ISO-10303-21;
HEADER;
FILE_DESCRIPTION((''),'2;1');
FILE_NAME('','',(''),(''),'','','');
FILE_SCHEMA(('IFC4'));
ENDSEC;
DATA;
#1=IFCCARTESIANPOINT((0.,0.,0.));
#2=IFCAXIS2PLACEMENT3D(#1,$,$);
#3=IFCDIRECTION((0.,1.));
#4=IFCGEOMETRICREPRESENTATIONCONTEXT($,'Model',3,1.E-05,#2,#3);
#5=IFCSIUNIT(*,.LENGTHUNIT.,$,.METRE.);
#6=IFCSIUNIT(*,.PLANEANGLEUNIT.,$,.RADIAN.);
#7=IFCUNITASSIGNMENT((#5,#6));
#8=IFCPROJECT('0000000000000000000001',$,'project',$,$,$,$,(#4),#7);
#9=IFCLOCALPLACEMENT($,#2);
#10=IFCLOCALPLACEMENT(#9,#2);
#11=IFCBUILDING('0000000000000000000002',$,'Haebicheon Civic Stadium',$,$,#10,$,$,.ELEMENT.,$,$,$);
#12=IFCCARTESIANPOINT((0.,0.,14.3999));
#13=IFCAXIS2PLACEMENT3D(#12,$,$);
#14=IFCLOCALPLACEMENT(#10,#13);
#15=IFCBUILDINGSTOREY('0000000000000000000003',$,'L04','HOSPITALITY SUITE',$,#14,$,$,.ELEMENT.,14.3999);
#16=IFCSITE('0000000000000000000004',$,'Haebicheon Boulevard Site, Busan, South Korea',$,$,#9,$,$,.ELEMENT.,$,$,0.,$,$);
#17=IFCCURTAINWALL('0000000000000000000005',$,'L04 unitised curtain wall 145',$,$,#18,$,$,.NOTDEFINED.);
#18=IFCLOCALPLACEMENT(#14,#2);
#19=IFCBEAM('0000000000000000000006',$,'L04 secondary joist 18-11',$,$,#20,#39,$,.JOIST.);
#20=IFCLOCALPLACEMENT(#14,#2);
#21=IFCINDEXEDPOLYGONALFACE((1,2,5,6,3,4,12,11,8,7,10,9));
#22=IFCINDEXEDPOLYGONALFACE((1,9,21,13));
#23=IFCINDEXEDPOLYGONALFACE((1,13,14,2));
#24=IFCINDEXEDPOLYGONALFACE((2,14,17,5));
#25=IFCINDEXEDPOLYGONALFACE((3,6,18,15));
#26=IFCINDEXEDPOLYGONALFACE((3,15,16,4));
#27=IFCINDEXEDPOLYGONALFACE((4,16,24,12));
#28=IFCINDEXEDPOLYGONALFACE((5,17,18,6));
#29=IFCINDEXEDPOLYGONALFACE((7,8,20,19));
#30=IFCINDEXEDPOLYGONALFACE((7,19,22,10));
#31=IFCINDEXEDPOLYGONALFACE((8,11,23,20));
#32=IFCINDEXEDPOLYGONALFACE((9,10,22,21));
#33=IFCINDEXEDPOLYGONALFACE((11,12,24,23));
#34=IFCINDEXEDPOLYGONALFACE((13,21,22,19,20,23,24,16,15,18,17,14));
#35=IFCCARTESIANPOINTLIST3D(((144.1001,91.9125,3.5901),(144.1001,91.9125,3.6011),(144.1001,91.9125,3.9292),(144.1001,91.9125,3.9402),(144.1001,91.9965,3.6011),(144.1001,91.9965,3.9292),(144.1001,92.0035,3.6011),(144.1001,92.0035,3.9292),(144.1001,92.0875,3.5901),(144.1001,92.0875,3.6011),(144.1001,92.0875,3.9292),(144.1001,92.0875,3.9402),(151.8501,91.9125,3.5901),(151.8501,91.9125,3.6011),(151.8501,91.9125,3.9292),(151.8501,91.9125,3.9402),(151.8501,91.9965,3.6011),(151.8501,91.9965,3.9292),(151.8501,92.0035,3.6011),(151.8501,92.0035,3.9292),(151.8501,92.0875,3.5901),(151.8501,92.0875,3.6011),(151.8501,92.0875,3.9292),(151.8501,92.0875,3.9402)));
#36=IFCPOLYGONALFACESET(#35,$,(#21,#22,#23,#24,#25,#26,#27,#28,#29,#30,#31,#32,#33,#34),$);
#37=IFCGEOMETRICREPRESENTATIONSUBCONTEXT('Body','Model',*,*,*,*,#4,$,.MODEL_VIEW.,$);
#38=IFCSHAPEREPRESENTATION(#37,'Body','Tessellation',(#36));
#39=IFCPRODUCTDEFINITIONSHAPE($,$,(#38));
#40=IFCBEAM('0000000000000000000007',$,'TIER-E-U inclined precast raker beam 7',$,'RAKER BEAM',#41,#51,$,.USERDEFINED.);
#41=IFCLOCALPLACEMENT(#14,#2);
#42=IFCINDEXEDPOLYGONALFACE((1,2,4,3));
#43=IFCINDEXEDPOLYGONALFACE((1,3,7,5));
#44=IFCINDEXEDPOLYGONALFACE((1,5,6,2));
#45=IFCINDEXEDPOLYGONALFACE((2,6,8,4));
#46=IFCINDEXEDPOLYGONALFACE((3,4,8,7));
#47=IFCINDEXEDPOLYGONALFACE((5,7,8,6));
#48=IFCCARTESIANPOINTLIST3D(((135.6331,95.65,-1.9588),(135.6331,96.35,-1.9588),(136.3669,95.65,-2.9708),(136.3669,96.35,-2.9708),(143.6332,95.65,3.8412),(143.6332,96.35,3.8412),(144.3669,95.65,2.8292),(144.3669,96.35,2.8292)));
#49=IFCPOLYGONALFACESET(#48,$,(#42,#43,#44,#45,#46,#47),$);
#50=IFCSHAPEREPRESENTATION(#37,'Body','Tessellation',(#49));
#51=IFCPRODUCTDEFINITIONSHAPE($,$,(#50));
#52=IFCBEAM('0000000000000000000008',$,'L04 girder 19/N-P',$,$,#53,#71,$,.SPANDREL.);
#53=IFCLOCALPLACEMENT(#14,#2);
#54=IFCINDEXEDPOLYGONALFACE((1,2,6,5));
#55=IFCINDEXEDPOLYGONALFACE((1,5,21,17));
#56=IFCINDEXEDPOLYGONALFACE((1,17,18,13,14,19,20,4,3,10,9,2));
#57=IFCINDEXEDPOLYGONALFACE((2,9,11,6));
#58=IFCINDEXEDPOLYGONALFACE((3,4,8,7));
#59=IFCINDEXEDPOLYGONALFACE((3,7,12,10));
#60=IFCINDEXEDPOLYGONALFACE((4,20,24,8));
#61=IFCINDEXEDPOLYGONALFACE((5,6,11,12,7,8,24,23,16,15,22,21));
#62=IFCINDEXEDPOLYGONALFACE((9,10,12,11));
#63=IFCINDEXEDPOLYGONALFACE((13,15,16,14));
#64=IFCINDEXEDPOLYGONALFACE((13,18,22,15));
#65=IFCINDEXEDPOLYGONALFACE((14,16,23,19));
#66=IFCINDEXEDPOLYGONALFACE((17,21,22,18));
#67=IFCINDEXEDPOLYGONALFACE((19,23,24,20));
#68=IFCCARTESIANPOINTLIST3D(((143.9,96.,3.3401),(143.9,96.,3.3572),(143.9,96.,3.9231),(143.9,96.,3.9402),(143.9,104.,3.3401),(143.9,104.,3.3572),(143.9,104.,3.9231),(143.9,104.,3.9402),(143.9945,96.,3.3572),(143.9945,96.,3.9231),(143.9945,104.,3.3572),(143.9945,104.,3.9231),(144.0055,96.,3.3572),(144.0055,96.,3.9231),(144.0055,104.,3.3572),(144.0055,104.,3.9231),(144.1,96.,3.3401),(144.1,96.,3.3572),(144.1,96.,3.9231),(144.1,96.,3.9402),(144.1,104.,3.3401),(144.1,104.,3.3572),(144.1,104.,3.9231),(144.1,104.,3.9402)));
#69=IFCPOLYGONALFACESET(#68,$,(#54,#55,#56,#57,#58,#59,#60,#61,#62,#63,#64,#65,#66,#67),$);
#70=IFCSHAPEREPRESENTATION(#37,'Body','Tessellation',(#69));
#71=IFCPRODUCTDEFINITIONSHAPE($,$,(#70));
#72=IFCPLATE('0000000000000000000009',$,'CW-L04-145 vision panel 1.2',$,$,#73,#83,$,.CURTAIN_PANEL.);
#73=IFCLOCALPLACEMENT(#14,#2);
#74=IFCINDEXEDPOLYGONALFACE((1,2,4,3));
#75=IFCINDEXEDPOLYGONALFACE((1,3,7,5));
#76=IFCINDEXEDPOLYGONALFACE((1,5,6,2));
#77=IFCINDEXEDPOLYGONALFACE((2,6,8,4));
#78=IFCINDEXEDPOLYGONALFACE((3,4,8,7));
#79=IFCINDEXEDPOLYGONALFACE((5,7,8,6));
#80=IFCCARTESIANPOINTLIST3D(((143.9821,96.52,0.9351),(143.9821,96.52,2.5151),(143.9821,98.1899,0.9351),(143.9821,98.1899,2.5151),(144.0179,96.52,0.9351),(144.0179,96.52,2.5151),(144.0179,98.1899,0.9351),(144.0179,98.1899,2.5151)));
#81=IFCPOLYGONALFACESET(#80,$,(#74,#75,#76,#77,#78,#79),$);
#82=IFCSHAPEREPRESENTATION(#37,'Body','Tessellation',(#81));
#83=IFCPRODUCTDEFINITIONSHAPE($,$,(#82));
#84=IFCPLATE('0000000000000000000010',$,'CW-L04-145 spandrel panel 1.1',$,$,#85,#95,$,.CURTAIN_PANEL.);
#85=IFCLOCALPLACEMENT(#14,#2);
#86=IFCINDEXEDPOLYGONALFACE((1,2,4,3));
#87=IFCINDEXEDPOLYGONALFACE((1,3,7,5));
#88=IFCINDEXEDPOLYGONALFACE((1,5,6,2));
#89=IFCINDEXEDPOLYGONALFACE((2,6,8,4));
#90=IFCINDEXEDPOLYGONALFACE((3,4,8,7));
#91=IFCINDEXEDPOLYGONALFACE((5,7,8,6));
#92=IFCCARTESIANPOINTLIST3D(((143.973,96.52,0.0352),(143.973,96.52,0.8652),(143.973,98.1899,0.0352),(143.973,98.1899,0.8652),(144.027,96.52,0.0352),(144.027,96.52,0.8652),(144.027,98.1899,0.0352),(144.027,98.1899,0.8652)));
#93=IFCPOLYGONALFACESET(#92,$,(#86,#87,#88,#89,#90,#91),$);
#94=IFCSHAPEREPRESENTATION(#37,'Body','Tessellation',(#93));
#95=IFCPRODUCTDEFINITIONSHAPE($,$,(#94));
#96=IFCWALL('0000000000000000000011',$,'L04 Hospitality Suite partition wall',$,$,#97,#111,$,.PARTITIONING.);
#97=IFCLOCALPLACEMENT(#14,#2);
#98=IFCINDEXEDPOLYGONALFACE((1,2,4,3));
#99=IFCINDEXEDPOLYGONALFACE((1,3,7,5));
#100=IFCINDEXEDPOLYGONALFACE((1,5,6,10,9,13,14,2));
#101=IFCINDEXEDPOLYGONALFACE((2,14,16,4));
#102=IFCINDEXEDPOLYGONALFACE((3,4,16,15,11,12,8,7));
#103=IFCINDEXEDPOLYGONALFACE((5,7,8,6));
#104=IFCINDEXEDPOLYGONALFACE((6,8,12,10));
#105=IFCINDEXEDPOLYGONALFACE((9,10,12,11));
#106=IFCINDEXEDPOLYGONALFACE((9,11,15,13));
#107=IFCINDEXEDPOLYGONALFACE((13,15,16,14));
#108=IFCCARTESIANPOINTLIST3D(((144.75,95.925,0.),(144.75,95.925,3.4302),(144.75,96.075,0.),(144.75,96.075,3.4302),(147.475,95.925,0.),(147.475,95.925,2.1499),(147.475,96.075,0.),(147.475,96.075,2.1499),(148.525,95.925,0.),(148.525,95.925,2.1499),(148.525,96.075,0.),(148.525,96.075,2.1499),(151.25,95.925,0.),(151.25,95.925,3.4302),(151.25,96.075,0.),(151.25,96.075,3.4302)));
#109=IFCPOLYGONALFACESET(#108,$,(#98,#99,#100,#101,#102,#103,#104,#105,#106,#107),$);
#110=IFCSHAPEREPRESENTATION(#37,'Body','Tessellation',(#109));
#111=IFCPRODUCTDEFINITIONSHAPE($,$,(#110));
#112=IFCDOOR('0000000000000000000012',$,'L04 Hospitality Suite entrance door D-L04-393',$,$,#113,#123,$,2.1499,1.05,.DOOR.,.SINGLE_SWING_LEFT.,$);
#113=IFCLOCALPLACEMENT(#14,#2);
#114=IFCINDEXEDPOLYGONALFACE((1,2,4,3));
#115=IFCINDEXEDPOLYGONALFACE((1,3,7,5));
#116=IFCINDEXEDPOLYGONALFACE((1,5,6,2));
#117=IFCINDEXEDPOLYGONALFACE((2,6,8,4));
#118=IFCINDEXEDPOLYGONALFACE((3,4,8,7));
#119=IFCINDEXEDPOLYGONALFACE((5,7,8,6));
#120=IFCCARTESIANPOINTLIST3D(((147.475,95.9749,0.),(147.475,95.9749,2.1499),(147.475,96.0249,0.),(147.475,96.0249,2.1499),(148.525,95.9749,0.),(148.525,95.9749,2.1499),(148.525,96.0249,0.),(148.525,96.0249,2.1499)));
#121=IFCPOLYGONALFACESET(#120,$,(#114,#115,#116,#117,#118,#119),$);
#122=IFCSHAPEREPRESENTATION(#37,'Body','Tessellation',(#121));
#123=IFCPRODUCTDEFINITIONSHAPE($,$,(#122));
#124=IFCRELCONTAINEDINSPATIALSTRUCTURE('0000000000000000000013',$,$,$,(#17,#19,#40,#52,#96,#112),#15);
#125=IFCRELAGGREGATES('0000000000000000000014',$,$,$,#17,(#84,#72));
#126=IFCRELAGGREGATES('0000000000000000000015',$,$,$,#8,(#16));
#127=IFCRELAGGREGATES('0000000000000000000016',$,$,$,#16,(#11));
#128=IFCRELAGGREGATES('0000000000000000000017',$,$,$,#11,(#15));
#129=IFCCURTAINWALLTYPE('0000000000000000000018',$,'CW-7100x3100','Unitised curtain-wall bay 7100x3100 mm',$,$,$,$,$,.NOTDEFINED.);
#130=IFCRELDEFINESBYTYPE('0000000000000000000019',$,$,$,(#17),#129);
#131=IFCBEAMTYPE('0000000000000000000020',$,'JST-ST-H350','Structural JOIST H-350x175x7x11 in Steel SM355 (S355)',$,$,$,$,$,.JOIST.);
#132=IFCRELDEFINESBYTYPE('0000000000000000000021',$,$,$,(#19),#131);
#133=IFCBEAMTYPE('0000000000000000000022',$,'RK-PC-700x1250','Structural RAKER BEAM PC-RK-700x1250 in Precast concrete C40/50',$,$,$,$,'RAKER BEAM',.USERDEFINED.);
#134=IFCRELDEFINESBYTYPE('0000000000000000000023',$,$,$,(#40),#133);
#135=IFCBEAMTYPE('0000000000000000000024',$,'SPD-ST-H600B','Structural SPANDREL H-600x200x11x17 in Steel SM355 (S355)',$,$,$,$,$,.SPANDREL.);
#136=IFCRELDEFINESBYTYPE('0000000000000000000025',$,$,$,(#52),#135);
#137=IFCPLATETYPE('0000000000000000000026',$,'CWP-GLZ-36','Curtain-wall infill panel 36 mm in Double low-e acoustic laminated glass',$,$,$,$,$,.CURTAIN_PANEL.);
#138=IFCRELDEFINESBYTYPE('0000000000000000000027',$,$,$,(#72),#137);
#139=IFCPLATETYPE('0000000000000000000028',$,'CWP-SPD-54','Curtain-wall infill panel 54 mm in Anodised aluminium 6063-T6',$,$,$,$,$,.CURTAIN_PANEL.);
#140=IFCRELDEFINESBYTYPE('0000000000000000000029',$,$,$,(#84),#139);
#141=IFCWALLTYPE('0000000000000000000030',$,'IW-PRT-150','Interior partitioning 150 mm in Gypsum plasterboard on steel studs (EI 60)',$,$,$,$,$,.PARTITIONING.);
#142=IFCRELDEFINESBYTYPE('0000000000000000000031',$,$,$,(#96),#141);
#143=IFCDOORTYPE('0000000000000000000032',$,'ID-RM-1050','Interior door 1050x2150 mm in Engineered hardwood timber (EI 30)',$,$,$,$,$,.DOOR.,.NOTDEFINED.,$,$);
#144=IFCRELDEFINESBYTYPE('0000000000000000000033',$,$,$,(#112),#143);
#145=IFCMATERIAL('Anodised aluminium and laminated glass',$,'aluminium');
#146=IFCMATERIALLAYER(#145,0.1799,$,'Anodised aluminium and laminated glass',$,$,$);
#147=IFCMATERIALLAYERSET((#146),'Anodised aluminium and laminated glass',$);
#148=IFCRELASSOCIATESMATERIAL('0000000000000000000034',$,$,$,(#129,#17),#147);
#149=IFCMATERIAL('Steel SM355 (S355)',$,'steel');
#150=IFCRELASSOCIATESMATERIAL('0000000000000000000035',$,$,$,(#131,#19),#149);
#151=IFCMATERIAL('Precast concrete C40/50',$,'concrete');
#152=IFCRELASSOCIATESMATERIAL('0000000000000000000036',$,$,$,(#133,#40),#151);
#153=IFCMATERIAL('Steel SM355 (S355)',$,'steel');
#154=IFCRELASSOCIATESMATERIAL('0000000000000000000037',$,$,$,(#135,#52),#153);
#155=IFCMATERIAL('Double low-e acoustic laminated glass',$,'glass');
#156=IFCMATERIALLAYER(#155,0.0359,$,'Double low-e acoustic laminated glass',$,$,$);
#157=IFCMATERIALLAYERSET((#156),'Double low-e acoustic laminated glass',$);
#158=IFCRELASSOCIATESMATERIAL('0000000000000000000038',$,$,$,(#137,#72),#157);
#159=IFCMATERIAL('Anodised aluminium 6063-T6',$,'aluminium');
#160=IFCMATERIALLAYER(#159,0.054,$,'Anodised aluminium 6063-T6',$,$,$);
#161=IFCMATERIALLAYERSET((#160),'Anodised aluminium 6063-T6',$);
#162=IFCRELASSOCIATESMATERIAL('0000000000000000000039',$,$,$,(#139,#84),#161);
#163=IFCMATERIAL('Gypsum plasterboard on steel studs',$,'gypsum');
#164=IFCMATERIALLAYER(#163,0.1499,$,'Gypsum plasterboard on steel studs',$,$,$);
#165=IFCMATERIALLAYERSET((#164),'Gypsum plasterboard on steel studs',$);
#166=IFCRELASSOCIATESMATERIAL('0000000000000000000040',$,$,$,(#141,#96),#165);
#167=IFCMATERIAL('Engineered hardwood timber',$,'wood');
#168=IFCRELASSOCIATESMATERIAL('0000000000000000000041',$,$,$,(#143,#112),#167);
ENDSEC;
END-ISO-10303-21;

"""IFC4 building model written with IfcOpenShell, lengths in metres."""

from ifc_helpers import new_model, si_unit, direction, frame, frame_2d, origin, origin_2d, place, context, subcontext, project, spatial, rectangle, i_section, extrude, material, layer, layer_set, material_profile, profile_set, type_object, element, fill, aggregate, save


model = new_model("IFC4")

# Units and contexts
model_context = context("Model", 3, precision=1e-05, world=origin(), true_north=direction((0.0, 1.0)))
body_context = subcontext(model_context, "Body", "Model", "MODEL_VIEW")
ifc_project = project(units=[si_unit("LENGTHUNIT", "METRE"), si_unit("PLANEANGLEUNIT", "RADIAN")], contexts=[model_context])

# Site, building, storey
site_placement = place(None, origin())
site = spatial("IfcSite", under=ifc_project, at=site_placement, Name="Haebicheon Boulevard Site, Busan, South Korea", CompositionType="ELEMENT", RefElevation=0.0)
building_placement = place(site_placement, origin())
building = spatial("IfcBuilding", under=site, at=building_placement, Name="Haebicheon Civic Stadium", CompositionType="ELEMENT")
storey_placement = place(building_placement, frame((0.0, 0.0, 14.3999)))
storey = spatial("IfcBuildingStorey", under=building, at=storey_placement, Name="L04", Description="HOSPITALITY SUITE", CompositionType="ELEMENT", Elevation=14.3999)

# Curtain wall
ifc_material_1 = material(Name="Anodised aluminium and laminated glass", Category="aluminium")
ifc_layer_1 = layer(ifc_material_1, 0.1799, Name="Anodised aluminium and laminated glass")
ifc_layer_set_1 = layer_set([ifc_layer_1], Name="Anodised aluminium and laminated glass")
curtain_wall_type = type_object("IfcCurtainWallType", Name="CW-7100x3100", Description="Unitised curtain-wall bay 7100x3100 mm", PredefinedType="NOTDEFINED", material=ifc_layer_set_1)
curtain_wall_placement = place(storey_placement, origin())
curtain_wall = element("IfcCurtainWall", 1, at=curtain_wall_placement, inside=storey, type_object=curtain_wall_type, material=ifc_layer_set_1, Name="L04 unitised curtain wall 145", PredefinedType="NOTDEFINED")

# Beams
ifc_material_2 = material(Name="Steel SM355 (S355)", Category="steel")
ifc_material_profile_1 = material_profile(ifc_material_2, i_section(OverallWidth=0.175, OverallDepth=0.3501, WebThickness=0.0071, FlangeThickness=0.011, at=origin_2d()), Name="H-350x175x7x11")
ifc_profile_set_1 = profile_set([ifc_material_profile_1], Name="Steel SM355 (S355)")
beam_type_1 = type_object("IfcBeamType", Name="JST-ST-H350", Description="Structural JOIST H-350x175x7x11 in Steel SM355 (S355)", PredefinedType="JOIST", material=ifc_profile_set_1)
beam_1_placement = place(storey_placement, frame((144.1001, 92.0, 3.7651), z_axis=(1.0, 0.0, 0.0), x_axis=(0.0, 1.0, 0.0)))
element("IfcBeam", 2, at=beam_1_placement, inside=storey, type_object=beam_type_1, material=ifc_profile_set_1, Name="L04 secondary joist 18-11", PredefinedType="JOIST", context=body_context, shape_type="SweptSolid", body=[
    extrude(i_section(OverallWidth=0.175, OverallDepth=0.3501, WebThickness=0.0071, FlangeThickness=0.011, at=origin_2d()), origin(), (0.0, 0.0, 1.0), 7.75),
])
ifc_material_3 = material(Name="Precast concrete C40/50", Category="concrete")
ifc_material_profile_2 = material_profile(ifc_material_3, rectangle(XDim=0.7, YDim=1.25, at=origin_2d()), Name="PC-RK-700x1250")
ifc_profile_set_2 = profile_set([ifc_material_profile_2], Name="Precast concrete C40/50")
beam_type_2 = type_object("IfcBeamType", Name="RK-PC-700x1250", Description="Structural RAKER BEAM PC-RK-700x1250 in Precast concrete C40/50", ElementType="RAKER BEAM", PredefinedType="USERDEFINED", material=ifc_profile_set_2)
beam_2_placement = place(storey_placement, frame((136.0, 96.0, -2.4648), z_axis=(0.809608, 0.0, 0.586971), x_axis=(0.0, 1.0, 0.0)))
element("IfcBeam", 3, at=beam_2_placement, inside=storey, type_object=beam_type_2, material=ifc_profile_set_2, Name="TIER-E-U inclined precast raker beam 7", ObjectType="RAKER BEAM", PredefinedType="USERDEFINED", context=body_context, shape_type="SweptSolid", body=[
    extrude(rectangle(XDim=0.7, YDim=1.25, at=origin_2d()), origin(), (0.0, 0.0, 1.0), 9.8813),
])
ifc_material_4 = material(Name="Steel SM355 (S355)", Category="steel")
ifc_material_profile_3 = material_profile(ifc_material_4, i_section(OverallWidth=0.2, OverallDepth=0.6001, WebThickness=0.011, FlangeThickness=0.0171, at=origin_2d()), Name="H-600x200x11x17")
ifc_profile_set_3 = profile_set([ifc_material_profile_3], Name="Steel SM355 (S355)")
beam_type_3 = type_object("IfcBeamType", Name="SPD-ST-H600B", Description="Structural SPANDREL H-600x200x11x17 in Steel SM355 (S355)", PredefinedType="SPANDREL", material=ifc_profile_set_3)
beam_3_placement = place(storey_placement, frame((144.0, 96.0, 3.6401), z_axis=(0.0, 1.0, 0.0), x_axis=(-1.0, 0.0, 0.0)))
element("IfcBeam", 4, at=beam_3_placement, inside=storey, type_object=beam_type_3, material=ifc_profile_set_3, Name="L04 girder 19/N-P", PredefinedType="SPANDREL", context=body_context, shape_type="SweptSolid", body=[
    extrude(i_section(OverallWidth=0.2, OverallDepth=0.6001, WebThickness=0.011, FlangeThickness=0.0171, at=origin_2d()), origin(), (0.0, 0.0, 1.0), 8.0),
])

# Plates
ifc_material_5 = material(Name="Double low-e acoustic laminated glass", Category="glass")
ifc_layer_2 = layer(ifc_material_5, 0.0359, Name="Double low-e acoustic laminated glass")
ifc_layer_set_2 = layer_set([ifc_layer_2], Name="Double low-e acoustic laminated glass")
plate_type_1 = type_object("IfcPlateType", Name="CWP-GLZ-36", Description="Curtain-wall infill panel 36 mm in Double low-e acoustic laminated glass", PredefinedType="CURTAIN_PANEL", material=ifc_layer_set_2)
plate_1_placement = place(storey_placement, frame((144.0, 97.355, 0.9351), z_axis=(0.0, 0.0, 1.0), x_axis=(0.0, 1.0, 0.0)))
plate_1 = element("IfcPlate", 5, at=plate_1_placement, type_object=plate_type_1, material=ifc_layer_set_2, Name="CW-L04-145 vision panel 1.2", PredefinedType="CURTAIN_PANEL", context=body_context, shape_type="SweptSolid", body=[
    extrude(rectangle(XDim=1.6699, YDim=0.0359, at=origin_2d()), origin(), (0.0, 0.0, 1.0), 1.5801),
])
ifc_material_6 = material(Name="Anodised aluminium 6063-T6", Category="aluminium")
ifc_layer_3 = layer(ifc_material_6, 0.054, Name="Anodised aluminium 6063-T6")
ifc_layer_set_3 = layer_set([ifc_layer_3], Name="Anodised aluminium 6063-T6")
plate_type_2 = type_object("IfcPlateType", Name="CWP-SPD-54", Description="Curtain-wall infill panel 54 mm in Anodised aluminium 6063-T6", PredefinedType="CURTAIN_PANEL", material=ifc_layer_set_3)
plate_2_placement = place(storey_placement, frame((144.0, 97.355, 0.0352), z_axis=(0.0, 0.0, 1.0), x_axis=(0.0, 1.0, 0.0)))
plate_2 = element("IfcPlate", 6, at=plate_2_placement, type_object=plate_type_2, material=ifc_layer_set_3, Name="CW-L04-145 spandrel panel 1.1", PredefinedType="CURTAIN_PANEL", context=body_context, shape_type="SweptSolid", body=[
    extrude(rectangle(XDim=1.6699, YDim=0.054, at=origin_2d()), origin(), (0.0, 0.0, 1.0), 0.8301),
])
aggregate(curtain_wall, [plate_2, plate_1])

# Wall, opening, door
ifc_material_7 = material(Name="Gypsum plasterboard on steel studs", Category="gypsum")
ifc_layer_4 = layer(ifc_material_7, 0.1499, Name="Gypsum plasterboard on steel studs")
ifc_layer_set_4 = layer_set([ifc_layer_4], Name="Gypsum plasterboard on steel studs")
wall_type = type_object("IfcWallType", Name="IW-PRT-150", Description="Interior partitioning 150 mm in Gypsum plasterboard on steel studs (EI 60)", PredefinedType="PARTITIONING", material=ifc_layer_set_4)
wall_placement = place(storey_placement, frame((144.75, 96.0, 0.0), z_axis=(0.0, 0.0, 1.0), x_axis=(1.0, 0.0, 0.0)))
wall = element("IfcWall", 7, at=wall_placement, inside=storey, type_object=wall_type, material=ifc_layer_set_4, Name="L04 Hospitality Suite partition wall", PredefinedType="PARTITIONING", context=body_context, shape_type="SweptSolid", body=[
    extrude(rectangle(XDim=6.5, YDim=0.1499, at=frame_2d((3.25, 0.0))), origin(), (0.0, 0.0, 1.0), 3.4302),
])
opening_placement = place(wall_placement, frame((2.7251, 0.0, 0.0)))
opening = element("IfcOpeningElement", 8, at=opening_placement, cuts=wall, PredefinedType="OPENING", context=body_context, shape_type="SweptSolid", body=[
    extrude(rectangle(XDim=1.05, YDim=2.1499, at=frame_2d((0.5249, 1.075))), frame((0.0, 0.085, 0.0), z_axis=(0.0, -1.0, 0.0), x_axis=(1.0, 0.0, 0.0)), (0.0, 0.0, 1.0), 0.1699),
])
ifc_material_8 = material(Name="Engineered hardwood timber", Category="wood")
door_type = type_object("IfcDoorType", Name="ID-RM-1050", Description="Interior door 1050x2150 mm in Engineered hardwood timber (EI 30)", OperationType="NOTDEFINED", PredefinedType="DOOR", material=ifc_material_8)
door_placement = place(opening_placement, origin())
door = element("IfcDoor", 9, at=door_placement, inside=storey, type_object=door_type, material=ifc_material_8, Name="L04 Hospitality Suite entrance door D-L04-393", OperationType="SINGLE_SWING_LEFT", OverallHeight=2.1499, OverallWidth=1.05, PredefinedType="DOOR", context=body_context, shape_type="SweptSolid", body=[
    extrude(rectangle(XDim=1.05, YDim=2.1499, at=frame_2d((0.5249, 1.075))), frame((0.0, 0.0249, 0.0), z_axis=(0.0, -1.0, 0.0), x_axis=(1.0, 0.0, 0.0)), (0.0, 0.0, 1.0), 0.05),
])
fill(opening, door)

save(model, "model.ifc")
